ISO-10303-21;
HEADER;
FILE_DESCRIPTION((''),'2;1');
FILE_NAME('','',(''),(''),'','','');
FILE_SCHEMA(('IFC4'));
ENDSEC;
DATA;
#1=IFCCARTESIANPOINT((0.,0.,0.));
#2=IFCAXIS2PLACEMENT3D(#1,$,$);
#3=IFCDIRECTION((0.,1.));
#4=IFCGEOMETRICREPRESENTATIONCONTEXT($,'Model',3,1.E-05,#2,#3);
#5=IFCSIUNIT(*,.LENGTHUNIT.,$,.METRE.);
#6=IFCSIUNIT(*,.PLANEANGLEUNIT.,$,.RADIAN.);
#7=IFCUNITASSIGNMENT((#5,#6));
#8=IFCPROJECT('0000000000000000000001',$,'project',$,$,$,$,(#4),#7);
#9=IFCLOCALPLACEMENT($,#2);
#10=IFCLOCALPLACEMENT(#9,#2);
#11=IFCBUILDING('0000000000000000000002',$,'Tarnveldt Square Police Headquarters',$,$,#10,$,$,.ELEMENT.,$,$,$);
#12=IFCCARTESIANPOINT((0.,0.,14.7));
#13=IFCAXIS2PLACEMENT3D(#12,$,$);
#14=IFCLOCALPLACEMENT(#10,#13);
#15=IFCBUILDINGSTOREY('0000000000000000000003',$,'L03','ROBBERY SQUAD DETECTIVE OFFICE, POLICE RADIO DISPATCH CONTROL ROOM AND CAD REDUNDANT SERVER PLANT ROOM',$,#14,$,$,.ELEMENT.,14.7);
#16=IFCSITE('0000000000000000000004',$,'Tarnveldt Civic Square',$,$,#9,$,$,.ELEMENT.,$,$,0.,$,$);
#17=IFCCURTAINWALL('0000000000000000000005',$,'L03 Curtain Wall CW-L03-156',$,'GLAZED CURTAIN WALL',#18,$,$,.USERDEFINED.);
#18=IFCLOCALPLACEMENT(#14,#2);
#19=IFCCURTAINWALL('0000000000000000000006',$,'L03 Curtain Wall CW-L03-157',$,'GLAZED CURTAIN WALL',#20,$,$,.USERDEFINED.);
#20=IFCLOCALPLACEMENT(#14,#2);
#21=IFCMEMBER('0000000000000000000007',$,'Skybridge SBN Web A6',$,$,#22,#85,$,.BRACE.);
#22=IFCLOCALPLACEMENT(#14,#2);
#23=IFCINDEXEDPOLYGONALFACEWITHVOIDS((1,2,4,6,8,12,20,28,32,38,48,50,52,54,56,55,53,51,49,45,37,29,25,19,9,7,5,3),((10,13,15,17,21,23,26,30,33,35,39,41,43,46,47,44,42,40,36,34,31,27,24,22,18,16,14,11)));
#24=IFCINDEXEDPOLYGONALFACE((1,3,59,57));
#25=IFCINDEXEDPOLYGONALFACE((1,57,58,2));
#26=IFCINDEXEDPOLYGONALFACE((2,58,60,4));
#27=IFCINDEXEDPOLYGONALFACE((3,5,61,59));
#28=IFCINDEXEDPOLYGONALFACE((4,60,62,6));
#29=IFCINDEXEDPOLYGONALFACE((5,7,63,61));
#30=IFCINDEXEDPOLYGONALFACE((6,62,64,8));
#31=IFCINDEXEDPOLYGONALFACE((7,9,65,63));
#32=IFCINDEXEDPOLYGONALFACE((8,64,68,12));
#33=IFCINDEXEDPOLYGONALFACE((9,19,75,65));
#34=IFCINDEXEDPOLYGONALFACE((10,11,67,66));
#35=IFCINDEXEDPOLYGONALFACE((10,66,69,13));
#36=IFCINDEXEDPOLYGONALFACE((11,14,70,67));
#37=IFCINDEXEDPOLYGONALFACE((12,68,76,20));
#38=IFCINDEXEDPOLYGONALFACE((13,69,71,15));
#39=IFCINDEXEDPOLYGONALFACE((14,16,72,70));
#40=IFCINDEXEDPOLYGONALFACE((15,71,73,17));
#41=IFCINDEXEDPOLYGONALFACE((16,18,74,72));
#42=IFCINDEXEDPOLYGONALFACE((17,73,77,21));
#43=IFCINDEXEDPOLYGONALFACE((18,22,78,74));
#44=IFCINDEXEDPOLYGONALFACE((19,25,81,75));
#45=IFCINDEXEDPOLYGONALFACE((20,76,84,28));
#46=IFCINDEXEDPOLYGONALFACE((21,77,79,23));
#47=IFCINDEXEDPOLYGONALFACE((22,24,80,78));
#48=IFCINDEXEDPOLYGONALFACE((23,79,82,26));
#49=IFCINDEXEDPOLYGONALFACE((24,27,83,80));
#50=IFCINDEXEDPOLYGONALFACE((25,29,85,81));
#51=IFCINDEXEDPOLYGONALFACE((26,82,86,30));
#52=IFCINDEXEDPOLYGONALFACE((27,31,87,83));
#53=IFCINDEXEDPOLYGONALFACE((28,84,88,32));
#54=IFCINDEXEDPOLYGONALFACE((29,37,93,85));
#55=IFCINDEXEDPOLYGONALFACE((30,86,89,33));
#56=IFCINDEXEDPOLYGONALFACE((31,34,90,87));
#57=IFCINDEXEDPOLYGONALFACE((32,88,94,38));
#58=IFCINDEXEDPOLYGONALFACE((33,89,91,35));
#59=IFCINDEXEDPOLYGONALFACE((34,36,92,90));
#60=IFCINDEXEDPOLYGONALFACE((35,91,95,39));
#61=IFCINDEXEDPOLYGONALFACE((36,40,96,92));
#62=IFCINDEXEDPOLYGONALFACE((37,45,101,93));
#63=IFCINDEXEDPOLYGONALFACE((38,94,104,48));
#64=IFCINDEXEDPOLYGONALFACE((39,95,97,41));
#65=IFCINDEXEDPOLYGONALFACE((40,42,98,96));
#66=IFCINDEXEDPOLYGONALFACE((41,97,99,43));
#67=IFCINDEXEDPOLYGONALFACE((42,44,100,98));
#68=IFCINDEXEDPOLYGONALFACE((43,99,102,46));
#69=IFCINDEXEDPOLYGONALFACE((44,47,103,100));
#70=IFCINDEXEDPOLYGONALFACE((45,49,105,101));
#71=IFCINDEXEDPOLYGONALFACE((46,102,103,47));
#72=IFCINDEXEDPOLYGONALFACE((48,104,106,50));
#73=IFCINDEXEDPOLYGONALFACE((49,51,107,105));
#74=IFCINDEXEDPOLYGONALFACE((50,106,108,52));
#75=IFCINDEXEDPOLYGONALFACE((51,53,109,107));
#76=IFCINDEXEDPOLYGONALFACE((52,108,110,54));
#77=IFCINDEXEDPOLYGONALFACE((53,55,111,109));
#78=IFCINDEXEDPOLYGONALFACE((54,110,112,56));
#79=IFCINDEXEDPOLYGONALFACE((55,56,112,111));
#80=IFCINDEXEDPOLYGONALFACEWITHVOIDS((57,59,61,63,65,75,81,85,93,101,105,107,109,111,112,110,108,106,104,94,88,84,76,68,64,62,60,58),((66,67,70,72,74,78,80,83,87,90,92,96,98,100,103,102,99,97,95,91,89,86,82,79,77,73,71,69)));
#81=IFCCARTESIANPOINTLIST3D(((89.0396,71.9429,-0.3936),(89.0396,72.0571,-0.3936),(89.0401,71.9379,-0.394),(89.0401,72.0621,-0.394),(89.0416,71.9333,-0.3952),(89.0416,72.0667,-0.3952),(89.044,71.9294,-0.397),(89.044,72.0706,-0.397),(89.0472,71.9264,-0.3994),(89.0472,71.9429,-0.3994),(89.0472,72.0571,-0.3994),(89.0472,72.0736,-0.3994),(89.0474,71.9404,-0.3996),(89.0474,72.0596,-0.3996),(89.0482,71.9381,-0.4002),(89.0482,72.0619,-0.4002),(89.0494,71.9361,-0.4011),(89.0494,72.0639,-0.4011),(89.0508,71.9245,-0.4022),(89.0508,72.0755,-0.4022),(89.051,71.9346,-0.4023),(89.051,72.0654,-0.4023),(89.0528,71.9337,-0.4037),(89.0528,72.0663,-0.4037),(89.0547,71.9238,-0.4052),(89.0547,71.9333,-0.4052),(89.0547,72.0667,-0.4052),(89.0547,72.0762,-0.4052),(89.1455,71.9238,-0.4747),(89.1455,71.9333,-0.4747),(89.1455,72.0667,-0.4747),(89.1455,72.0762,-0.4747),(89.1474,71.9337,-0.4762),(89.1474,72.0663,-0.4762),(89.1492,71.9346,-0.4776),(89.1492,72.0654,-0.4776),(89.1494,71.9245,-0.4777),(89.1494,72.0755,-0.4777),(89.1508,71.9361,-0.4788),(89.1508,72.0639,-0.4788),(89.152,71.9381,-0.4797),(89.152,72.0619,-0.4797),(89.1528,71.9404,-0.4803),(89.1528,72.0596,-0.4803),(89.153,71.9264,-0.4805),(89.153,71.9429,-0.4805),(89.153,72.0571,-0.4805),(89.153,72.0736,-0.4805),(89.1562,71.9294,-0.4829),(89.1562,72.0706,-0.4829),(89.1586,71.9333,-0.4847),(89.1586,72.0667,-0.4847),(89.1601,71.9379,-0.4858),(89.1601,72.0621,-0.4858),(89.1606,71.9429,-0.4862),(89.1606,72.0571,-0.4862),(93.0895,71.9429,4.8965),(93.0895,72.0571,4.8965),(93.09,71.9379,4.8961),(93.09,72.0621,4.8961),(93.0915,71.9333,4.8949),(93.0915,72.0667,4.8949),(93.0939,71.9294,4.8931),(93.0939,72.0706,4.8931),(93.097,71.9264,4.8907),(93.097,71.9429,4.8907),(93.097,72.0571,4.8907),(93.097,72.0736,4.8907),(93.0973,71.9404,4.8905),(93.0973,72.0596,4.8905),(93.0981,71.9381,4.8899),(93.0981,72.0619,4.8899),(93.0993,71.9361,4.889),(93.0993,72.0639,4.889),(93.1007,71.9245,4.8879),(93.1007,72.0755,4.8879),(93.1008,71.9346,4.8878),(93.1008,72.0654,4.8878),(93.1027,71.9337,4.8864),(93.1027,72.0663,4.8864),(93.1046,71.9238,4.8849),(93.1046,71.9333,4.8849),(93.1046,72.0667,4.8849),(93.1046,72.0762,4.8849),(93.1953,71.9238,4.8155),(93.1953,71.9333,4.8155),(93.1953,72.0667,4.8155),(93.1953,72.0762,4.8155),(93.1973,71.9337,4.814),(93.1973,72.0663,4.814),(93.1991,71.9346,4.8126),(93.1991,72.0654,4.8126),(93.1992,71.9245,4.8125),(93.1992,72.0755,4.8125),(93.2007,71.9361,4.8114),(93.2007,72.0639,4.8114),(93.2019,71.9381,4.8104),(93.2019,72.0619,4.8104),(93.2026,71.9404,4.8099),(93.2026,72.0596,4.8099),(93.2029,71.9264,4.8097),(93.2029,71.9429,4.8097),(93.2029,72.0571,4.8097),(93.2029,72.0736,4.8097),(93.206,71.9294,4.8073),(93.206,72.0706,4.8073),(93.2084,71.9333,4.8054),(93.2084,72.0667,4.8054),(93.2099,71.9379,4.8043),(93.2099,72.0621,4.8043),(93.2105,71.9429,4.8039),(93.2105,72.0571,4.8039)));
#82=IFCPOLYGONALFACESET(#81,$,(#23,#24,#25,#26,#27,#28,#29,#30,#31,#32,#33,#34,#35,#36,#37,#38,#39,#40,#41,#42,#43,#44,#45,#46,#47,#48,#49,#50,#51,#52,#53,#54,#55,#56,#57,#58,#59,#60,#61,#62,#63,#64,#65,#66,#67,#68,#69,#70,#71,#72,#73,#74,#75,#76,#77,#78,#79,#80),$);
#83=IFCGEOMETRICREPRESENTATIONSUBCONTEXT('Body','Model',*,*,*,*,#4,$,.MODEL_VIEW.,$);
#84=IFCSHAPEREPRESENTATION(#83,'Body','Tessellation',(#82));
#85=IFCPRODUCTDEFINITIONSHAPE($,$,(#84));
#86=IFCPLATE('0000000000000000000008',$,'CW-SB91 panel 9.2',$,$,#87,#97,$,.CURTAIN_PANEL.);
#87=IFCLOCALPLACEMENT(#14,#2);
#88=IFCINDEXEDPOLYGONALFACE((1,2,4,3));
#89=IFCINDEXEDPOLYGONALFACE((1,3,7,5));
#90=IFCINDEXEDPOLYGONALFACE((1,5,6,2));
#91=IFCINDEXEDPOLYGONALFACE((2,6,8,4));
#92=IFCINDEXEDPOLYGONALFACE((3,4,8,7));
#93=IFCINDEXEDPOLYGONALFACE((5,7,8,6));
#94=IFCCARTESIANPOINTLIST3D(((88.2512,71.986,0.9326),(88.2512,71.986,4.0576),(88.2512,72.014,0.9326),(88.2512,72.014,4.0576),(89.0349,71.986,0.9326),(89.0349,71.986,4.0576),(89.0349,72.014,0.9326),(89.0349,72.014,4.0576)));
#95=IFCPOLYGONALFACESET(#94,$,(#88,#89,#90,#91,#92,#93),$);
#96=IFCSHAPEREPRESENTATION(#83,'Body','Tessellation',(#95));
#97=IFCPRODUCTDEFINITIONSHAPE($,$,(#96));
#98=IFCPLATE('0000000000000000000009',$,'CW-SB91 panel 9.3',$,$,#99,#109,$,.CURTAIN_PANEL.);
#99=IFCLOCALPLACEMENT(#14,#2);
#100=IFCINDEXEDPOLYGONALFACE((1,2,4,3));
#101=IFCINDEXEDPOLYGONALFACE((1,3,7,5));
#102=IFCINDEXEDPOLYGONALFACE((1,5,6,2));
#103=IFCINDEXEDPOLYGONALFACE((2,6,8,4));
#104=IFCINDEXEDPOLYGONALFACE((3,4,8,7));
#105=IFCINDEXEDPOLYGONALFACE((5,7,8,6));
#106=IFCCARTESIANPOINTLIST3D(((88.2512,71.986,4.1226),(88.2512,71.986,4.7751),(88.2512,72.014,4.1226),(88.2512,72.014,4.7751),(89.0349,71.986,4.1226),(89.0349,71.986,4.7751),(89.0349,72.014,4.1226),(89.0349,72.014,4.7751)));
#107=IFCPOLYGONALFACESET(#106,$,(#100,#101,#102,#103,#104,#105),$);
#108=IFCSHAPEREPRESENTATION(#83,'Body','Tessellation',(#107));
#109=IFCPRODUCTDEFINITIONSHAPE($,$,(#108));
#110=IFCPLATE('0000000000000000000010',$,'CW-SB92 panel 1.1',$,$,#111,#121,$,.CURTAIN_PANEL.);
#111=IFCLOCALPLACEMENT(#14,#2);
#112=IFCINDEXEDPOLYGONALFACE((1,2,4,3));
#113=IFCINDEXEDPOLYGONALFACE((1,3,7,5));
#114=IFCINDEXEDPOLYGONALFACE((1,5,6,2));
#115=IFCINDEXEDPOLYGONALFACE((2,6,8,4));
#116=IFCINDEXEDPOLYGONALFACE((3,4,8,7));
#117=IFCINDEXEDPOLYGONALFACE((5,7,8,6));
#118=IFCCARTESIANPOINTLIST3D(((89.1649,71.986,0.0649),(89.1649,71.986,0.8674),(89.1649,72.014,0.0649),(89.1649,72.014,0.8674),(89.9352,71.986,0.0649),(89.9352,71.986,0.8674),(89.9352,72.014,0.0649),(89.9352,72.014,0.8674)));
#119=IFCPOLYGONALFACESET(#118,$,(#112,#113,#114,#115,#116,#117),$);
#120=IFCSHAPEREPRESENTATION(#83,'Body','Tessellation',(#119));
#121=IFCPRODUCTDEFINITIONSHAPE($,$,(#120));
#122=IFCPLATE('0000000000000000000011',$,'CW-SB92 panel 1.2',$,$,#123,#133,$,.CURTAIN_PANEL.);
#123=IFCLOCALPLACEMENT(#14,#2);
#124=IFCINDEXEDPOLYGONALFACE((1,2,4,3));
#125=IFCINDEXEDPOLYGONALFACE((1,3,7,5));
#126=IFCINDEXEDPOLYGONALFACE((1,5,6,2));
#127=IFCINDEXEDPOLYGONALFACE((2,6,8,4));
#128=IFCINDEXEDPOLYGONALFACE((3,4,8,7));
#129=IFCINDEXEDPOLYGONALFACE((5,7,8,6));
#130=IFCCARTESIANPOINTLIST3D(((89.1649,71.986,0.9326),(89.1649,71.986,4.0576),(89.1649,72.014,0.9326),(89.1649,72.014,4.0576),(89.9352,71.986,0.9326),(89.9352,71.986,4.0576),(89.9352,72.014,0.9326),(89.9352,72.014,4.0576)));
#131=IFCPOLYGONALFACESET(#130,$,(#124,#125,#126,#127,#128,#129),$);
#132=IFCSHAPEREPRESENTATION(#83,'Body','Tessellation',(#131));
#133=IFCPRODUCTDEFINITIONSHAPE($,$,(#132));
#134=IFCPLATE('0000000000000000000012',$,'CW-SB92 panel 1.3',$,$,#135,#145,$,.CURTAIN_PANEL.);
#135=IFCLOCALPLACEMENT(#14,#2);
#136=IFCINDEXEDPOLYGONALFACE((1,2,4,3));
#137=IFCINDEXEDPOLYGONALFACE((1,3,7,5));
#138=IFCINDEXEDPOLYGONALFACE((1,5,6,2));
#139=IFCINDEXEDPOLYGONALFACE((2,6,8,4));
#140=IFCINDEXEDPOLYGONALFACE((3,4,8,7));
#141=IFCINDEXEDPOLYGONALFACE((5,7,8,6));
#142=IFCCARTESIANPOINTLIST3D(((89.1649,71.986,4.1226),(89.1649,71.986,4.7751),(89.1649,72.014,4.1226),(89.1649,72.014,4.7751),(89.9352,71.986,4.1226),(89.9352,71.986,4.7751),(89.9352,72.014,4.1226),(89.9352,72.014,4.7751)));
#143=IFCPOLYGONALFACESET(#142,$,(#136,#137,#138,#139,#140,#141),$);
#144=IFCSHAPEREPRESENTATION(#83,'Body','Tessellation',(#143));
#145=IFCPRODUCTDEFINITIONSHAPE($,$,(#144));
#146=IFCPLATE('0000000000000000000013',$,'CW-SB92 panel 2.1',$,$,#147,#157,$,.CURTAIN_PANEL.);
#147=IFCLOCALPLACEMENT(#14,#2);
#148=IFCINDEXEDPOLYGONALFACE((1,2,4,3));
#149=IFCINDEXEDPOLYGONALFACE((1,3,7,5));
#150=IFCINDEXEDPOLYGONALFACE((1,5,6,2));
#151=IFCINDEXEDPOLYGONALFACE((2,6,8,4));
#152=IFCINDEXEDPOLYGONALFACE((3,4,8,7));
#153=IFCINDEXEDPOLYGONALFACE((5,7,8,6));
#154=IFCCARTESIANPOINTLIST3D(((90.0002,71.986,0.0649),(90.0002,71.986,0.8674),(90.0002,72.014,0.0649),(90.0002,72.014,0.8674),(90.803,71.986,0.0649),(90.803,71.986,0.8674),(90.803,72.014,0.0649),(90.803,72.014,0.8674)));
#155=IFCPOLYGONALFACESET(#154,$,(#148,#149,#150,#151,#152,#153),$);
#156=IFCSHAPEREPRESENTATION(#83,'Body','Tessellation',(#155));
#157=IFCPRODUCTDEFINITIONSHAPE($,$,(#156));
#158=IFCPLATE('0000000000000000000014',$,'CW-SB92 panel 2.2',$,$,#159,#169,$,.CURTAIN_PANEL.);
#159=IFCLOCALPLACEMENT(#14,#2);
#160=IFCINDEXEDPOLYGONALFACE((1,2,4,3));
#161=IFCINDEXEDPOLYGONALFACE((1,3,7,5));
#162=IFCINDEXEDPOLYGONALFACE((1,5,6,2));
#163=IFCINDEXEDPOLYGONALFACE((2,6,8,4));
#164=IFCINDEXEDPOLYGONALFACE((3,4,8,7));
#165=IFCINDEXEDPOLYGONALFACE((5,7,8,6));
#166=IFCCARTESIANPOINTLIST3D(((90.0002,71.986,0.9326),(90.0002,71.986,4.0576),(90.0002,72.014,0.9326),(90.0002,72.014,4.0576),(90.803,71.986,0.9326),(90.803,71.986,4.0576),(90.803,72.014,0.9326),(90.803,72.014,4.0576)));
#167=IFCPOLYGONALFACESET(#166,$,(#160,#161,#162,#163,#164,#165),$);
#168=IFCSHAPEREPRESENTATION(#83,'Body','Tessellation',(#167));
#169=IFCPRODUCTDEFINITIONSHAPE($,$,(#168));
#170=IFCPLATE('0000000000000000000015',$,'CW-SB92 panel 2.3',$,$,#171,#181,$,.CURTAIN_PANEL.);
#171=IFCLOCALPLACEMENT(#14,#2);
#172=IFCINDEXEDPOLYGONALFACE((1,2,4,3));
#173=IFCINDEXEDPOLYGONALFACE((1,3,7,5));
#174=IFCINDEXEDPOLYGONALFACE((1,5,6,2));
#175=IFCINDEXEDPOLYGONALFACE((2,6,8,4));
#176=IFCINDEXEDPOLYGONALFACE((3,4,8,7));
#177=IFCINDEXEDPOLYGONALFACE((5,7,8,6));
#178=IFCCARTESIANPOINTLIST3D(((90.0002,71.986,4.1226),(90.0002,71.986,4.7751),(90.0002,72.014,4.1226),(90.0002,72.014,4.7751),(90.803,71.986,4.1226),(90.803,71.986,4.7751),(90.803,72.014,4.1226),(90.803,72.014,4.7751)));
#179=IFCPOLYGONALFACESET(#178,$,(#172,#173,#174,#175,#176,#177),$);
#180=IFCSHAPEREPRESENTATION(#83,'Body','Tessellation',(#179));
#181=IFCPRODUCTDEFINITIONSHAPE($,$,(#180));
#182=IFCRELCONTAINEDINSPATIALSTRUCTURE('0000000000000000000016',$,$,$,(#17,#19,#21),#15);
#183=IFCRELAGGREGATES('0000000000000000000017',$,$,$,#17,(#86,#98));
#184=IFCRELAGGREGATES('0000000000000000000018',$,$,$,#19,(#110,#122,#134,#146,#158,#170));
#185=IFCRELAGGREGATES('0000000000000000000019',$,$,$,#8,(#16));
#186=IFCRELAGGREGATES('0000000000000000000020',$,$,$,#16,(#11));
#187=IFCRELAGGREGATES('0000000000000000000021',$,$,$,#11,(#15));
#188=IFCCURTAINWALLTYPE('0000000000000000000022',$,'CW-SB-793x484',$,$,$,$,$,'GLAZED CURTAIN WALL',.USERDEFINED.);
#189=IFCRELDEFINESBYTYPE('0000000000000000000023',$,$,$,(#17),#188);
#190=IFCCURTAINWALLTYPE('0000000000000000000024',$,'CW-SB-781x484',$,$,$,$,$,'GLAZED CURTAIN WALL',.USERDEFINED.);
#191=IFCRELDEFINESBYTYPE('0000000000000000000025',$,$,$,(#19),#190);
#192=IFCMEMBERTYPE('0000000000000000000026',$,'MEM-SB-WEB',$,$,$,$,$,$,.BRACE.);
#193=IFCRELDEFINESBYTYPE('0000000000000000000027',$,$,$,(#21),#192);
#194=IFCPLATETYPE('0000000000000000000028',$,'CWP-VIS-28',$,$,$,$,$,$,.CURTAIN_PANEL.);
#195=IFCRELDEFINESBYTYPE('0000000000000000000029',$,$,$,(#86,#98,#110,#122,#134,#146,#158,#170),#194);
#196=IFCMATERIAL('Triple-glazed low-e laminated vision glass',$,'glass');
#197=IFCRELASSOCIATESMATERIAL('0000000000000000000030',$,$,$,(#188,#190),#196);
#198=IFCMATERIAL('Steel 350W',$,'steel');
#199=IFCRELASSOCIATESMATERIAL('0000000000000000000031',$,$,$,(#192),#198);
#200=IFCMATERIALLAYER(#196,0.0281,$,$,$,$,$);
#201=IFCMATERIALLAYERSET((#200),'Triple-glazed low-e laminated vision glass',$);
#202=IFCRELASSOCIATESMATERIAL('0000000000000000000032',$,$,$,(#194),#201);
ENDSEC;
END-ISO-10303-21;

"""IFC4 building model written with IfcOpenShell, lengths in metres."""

from ifc_helpers import new_model, si_unit, direction, frame, origin, origin_2d, place, context, subcontext, project, spatial, rectangle, hollow_rectangle, extrude, material, layer, layer_set, material_profile, profile_set, type_object, element, aggregate, save


model = new_model("IFC4")

# Units and contexts
model_context = context("Model", 3, precision=1e-05, world=origin(), true_north=direction((0.0, 1.0)))
body_context = subcontext(model_context, "Body", "Model", "MODEL_VIEW")
ifc_project = project(units=[si_unit("LENGTHUNIT", "METRE"), si_unit("PLANEANGLEUNIT", "RADIAN")], contexts=[model_context])

# Site, building, storey
site_placement = place(None, origin())
site = spatial("IfcSite", under=ifc_project, at=site_placement, Name="Tarnveldt Civic Square", CompositionType="ELEMENT", RefElevation=0.0)
building_placement = place(site_placement, origin())
building = spatial("IfcBuilding", under=site, at=building_placement, Name="Tarnveldt Square Police Headquarters", CompositionType="ELEMENT")
storey_placement = place(building_placement, frame((0.0, 0.0, 14.7)))
storey = spatial("IfcBuildingStorey", under=building, at=storey_placement, Name="L03", Description="ROBBERY SQUAD DETECTIVE OFFICE, POLICE RADIO DISPATCH CONTROL ROOM AND CAD REDUNDANT SERVER PLANT ROOM", CompositionType="ELEMENT", Elevation=14.7)

# Shared definitions
ifc_material_1 = material(Name="Steel 350W", Category="steel")

# Curtain wall
ifc_material_2 = material(Name="Triple-glazed low-e laminated vision glass", Category="glass")
curtain_wall_type_1 = type_object("IfcCurtainWallType", Name="CW-SB-793x484", ElementType="GLAZED CURTAIN WALL", PredefinedType="USERDEFINED", material=ifc_material_2)
curtain_wall_1_placement = place(storey_placement, origin())
curtain_wall_1 = element("IfcCurtainWall", 1, at=curtain_wall_1_placement, inside=storey, type_object=curtain_wall_type_1, Name="L03 Curtain Wall CW-L03-156", ObjectType="GLAZED CURTAIN WALL", PredefinedType="USERDEFINED")

# Curtain wall
curtain_wall_type_2 = type_object("IfcCurtainWallType", Name="CW-SB-781x484", ElementType="GLAZED CURTAIN WALL", PredefinedType="USERDEFINED", material=ifc_material_2)
curtain_wall_2_placement = place(storey_placement, origin())
curtain_wall_2 = element("IfcCurtainWall", 2, at=curtain_wall_2_placement, inside=storey, type_object=curtain_wall_type_2, Name="L03 Curtain Wall CW-L03-157", ObjectType="GLAZED CURTAIN WALL", PredefinedType="USERDEFINED")

# Member
ifc_material_profile_1 = material_profile(ifc_material_1, hollow_rectangle(XDim=0.1523, YDim=0.1523, WallThickness=0.0095, InnerFilletRadius=0.0095, OuterFilletRadius=0.019, at=origin_2d()), Name="HSS152x152x9.5")
ifc_profile_set_1 = profile_set([ifc_material_profile_1], Name="Steel 350W")
member_type_1 = type_object("IfcMemberType", Name="MEM-SB-WEB", PredefinedType="BRACE", material=ifc_profile_set_1)
for number, where, z_axis, x_axis, name in (
    (3, (89.1001, 72.0, -0.4399), (0.607874, 0.0, 0.794033), (0.0, 1.0, 0.0), "Skybridge SBN Web A6"),
):
    element("IfcMember", number, at=place(storey_placement, frame(where, z_axis=z_axis, x_axis=x_axis)), inside=storey, type_object=member_type_1, Name=name, PredefinedType="BRACE", context=body_context, shape_type="SweptSolid", body=[
        extrude(hollow_rectangle(XDim=0.1523, YDim=0.1523, WallThickness=0.0095, InnerFilletRadius=0.0095, OuterFilletRadius=0.019, at=origin_2d()), origin(), (0.0, 0.0, 1.0), 6.6624),
    ])

# Plates
ifc_layer = layer(ifc_material_2, 0.0281)
ifc_layer_set = layer_set([ifc_layer], Name="Triple-glazed low-e laminated vision glass")
plate_type = type_object("IfcPlateType", Name="CWP-VIS-28", PredefinedType="CURTAIN_PANEL", material=ifc_layer_set)
plate_1_placement = place(storey_placement, frame((88.6431, 72.0, 0.9326), z_axis=(0.0, 0.0, 1.0), x_axis=(1.0, 0.0, 0.0)))
plate_1 = element("IfcPlate", 4, at=plate_1_placement, type_object=plate_type, Name="CW-SB91 panel 9.2", PredefinedType="CURTAIN_PANEL", context=body_context, shape_type="SweptSolid", body=[
    extrude(rectangle(XDim=0.7837, YDim=0.0281, at=origin_2d()), origin(), (0.0, 0.0, 1.0), 3.125),
])
plate_2_placement = place(storey_placement, frame((88.6431, 72.0, 4.1226), z_axis=(0.0, 0.0, 1.0), x_axis=(1.0, 0.0, 0.0)))
plate_2 = element("IfcPlate", 5, at=plate_2_placement, type_object=plate_type, Name="CW-SB91 panel 9.3", PredefinedType="CURTAIN_PANEL", context=body_context, shape_type="SweptSolid", body=[
    extrude(rectangle(XDim=0.7837, YDim=0.0281, at=origin_2d()), origin(), (0.0, 0.0, 1.0), 0.6526),
])
aggregate(curtain_wall_1, [plate_1, plate_2])
plate_3_placement = place(storey_placement, frame((89.55, 72.0, 0.0649), z_axis=(0.0, 0.0, 1.0), x_axis=(1.0, 0.0, 0.0)))
plate_3 = element("IfcPlate", 6, at=plate_3_placement, type_object=plate_type, Name="CW-SB92 panel 1.1", PredefinedType="CURTAIN_PANEL", context=body_context, shape_type="SweptSolid", body=[
    extrude(rectangle(XDim=0.7703, YDim=0.0281, at=origin_2d()), origin(), (0.0, 0.0, 1.0), 0.8025),
])
plate_4_placement = place(storey_placement, frame((89.55, 72.0, 0.9326), z_axis=(0.0, 0.0, 1.0), x_axis=(1.0, 0.0, 0.0)))
plate_4 = element("IfcPlate", 7, at=plate_4_placement, type_object=plate_type, Name="CW-SB92 panel 1.2", PredefinedType="CURTAIN_PANEL", context=body_context, shape_type="SweptSolid", body=[
    extrude(rectangle(XDim=0.7703, YDim=0.0281, at=origin_2d()), origin(), (0.0, 0.0, 1.0), 3.125),
])
plate_5_placement = place(storey_placement, frame((89.55, 72.0, 4.1226), z_axis=(0.0, 0.0, 1.0), x_axis=(1.0, 0.0, 0.0)))
plate_5 = element("IfcPlate", 8, at=plate_5_placement, type_object=plate_type, Name="CW-SB92 panel 1.3", PredefinedType="CURTAIN_PANEL", context=body_context, shape_type="SweptSolid", body=[
    extrude(rectangle(XDim=0.7703, YDim=0.0281, at=origin_2d()), origin(), (0.0, 0.0, 1.0), 0.6526),
])
plate_6_placement = place(storey_placement, frame((90.4016, 72.0, 0.0649), z_axis=(0.0, 0.0, 1.0), x_axis=(1.0, 0.0, 0.0)))
plate_6 = element("IfcPlate", 9, at=plate_6_placement, type_object=plate_type, Name="CW-SB92 panel 2.1", PredefinedType="CURTAIN_PANEL", context=body_context, shape_type="SweptSolid", body=[
    extrude(rectangle(XDim=0.8027, YDim=0.0281, at=origin_2d()), origin(), (0.0, 0.0, 1.0), 0.8025),
])
plate_7_placement = place(storey_placement, frame((90.4016, 72.0, 0.9326), z_axis=(0.0, 0.0, 1.0), x_axis=(1.0, 0.0, 0.0)))
plate_7 = element("IfcPlate", 10, at=plate_7_placement, type_object=plate_type, Name="CW-SB92 panel 2.2", PredefinedType="CURTAIN_PANEL", context=body_context, shape_type="SweptSolid", body=[
    extrude(rectangle(XDim=0.8027, YDim=0.0281, at=origin_2d()), origin(), (0.0, 0.0, 1.0), 3.125),
])
plate_8_placement = place(storey_placement, frame((90.4016, 72.0, 4.1226), z_axis=(0.0, 0.0, 1.0), x_axis=(1.0, 0.0, 0.0)))
plate_8 = element("IfcPlate", 11, at=plate_8_placement, type_object=plate_type, Name="CW-SB92 panel 2.3", PredefinedType="CURTAIN_PANEL", context=body_context, shape_type="SweptSolid", body=[
    extrude(rectangle(XDim=0.8027, YDim=0.0281, at=origin_2d()), origin(), (0.0, 0.0, 1.0), 0.6526),
])
aggregate(curtain_wall_2, [plate_3, plate_4, plate_5, plate_6, plate_7, plate_8])

save(model, "model.ifc")
